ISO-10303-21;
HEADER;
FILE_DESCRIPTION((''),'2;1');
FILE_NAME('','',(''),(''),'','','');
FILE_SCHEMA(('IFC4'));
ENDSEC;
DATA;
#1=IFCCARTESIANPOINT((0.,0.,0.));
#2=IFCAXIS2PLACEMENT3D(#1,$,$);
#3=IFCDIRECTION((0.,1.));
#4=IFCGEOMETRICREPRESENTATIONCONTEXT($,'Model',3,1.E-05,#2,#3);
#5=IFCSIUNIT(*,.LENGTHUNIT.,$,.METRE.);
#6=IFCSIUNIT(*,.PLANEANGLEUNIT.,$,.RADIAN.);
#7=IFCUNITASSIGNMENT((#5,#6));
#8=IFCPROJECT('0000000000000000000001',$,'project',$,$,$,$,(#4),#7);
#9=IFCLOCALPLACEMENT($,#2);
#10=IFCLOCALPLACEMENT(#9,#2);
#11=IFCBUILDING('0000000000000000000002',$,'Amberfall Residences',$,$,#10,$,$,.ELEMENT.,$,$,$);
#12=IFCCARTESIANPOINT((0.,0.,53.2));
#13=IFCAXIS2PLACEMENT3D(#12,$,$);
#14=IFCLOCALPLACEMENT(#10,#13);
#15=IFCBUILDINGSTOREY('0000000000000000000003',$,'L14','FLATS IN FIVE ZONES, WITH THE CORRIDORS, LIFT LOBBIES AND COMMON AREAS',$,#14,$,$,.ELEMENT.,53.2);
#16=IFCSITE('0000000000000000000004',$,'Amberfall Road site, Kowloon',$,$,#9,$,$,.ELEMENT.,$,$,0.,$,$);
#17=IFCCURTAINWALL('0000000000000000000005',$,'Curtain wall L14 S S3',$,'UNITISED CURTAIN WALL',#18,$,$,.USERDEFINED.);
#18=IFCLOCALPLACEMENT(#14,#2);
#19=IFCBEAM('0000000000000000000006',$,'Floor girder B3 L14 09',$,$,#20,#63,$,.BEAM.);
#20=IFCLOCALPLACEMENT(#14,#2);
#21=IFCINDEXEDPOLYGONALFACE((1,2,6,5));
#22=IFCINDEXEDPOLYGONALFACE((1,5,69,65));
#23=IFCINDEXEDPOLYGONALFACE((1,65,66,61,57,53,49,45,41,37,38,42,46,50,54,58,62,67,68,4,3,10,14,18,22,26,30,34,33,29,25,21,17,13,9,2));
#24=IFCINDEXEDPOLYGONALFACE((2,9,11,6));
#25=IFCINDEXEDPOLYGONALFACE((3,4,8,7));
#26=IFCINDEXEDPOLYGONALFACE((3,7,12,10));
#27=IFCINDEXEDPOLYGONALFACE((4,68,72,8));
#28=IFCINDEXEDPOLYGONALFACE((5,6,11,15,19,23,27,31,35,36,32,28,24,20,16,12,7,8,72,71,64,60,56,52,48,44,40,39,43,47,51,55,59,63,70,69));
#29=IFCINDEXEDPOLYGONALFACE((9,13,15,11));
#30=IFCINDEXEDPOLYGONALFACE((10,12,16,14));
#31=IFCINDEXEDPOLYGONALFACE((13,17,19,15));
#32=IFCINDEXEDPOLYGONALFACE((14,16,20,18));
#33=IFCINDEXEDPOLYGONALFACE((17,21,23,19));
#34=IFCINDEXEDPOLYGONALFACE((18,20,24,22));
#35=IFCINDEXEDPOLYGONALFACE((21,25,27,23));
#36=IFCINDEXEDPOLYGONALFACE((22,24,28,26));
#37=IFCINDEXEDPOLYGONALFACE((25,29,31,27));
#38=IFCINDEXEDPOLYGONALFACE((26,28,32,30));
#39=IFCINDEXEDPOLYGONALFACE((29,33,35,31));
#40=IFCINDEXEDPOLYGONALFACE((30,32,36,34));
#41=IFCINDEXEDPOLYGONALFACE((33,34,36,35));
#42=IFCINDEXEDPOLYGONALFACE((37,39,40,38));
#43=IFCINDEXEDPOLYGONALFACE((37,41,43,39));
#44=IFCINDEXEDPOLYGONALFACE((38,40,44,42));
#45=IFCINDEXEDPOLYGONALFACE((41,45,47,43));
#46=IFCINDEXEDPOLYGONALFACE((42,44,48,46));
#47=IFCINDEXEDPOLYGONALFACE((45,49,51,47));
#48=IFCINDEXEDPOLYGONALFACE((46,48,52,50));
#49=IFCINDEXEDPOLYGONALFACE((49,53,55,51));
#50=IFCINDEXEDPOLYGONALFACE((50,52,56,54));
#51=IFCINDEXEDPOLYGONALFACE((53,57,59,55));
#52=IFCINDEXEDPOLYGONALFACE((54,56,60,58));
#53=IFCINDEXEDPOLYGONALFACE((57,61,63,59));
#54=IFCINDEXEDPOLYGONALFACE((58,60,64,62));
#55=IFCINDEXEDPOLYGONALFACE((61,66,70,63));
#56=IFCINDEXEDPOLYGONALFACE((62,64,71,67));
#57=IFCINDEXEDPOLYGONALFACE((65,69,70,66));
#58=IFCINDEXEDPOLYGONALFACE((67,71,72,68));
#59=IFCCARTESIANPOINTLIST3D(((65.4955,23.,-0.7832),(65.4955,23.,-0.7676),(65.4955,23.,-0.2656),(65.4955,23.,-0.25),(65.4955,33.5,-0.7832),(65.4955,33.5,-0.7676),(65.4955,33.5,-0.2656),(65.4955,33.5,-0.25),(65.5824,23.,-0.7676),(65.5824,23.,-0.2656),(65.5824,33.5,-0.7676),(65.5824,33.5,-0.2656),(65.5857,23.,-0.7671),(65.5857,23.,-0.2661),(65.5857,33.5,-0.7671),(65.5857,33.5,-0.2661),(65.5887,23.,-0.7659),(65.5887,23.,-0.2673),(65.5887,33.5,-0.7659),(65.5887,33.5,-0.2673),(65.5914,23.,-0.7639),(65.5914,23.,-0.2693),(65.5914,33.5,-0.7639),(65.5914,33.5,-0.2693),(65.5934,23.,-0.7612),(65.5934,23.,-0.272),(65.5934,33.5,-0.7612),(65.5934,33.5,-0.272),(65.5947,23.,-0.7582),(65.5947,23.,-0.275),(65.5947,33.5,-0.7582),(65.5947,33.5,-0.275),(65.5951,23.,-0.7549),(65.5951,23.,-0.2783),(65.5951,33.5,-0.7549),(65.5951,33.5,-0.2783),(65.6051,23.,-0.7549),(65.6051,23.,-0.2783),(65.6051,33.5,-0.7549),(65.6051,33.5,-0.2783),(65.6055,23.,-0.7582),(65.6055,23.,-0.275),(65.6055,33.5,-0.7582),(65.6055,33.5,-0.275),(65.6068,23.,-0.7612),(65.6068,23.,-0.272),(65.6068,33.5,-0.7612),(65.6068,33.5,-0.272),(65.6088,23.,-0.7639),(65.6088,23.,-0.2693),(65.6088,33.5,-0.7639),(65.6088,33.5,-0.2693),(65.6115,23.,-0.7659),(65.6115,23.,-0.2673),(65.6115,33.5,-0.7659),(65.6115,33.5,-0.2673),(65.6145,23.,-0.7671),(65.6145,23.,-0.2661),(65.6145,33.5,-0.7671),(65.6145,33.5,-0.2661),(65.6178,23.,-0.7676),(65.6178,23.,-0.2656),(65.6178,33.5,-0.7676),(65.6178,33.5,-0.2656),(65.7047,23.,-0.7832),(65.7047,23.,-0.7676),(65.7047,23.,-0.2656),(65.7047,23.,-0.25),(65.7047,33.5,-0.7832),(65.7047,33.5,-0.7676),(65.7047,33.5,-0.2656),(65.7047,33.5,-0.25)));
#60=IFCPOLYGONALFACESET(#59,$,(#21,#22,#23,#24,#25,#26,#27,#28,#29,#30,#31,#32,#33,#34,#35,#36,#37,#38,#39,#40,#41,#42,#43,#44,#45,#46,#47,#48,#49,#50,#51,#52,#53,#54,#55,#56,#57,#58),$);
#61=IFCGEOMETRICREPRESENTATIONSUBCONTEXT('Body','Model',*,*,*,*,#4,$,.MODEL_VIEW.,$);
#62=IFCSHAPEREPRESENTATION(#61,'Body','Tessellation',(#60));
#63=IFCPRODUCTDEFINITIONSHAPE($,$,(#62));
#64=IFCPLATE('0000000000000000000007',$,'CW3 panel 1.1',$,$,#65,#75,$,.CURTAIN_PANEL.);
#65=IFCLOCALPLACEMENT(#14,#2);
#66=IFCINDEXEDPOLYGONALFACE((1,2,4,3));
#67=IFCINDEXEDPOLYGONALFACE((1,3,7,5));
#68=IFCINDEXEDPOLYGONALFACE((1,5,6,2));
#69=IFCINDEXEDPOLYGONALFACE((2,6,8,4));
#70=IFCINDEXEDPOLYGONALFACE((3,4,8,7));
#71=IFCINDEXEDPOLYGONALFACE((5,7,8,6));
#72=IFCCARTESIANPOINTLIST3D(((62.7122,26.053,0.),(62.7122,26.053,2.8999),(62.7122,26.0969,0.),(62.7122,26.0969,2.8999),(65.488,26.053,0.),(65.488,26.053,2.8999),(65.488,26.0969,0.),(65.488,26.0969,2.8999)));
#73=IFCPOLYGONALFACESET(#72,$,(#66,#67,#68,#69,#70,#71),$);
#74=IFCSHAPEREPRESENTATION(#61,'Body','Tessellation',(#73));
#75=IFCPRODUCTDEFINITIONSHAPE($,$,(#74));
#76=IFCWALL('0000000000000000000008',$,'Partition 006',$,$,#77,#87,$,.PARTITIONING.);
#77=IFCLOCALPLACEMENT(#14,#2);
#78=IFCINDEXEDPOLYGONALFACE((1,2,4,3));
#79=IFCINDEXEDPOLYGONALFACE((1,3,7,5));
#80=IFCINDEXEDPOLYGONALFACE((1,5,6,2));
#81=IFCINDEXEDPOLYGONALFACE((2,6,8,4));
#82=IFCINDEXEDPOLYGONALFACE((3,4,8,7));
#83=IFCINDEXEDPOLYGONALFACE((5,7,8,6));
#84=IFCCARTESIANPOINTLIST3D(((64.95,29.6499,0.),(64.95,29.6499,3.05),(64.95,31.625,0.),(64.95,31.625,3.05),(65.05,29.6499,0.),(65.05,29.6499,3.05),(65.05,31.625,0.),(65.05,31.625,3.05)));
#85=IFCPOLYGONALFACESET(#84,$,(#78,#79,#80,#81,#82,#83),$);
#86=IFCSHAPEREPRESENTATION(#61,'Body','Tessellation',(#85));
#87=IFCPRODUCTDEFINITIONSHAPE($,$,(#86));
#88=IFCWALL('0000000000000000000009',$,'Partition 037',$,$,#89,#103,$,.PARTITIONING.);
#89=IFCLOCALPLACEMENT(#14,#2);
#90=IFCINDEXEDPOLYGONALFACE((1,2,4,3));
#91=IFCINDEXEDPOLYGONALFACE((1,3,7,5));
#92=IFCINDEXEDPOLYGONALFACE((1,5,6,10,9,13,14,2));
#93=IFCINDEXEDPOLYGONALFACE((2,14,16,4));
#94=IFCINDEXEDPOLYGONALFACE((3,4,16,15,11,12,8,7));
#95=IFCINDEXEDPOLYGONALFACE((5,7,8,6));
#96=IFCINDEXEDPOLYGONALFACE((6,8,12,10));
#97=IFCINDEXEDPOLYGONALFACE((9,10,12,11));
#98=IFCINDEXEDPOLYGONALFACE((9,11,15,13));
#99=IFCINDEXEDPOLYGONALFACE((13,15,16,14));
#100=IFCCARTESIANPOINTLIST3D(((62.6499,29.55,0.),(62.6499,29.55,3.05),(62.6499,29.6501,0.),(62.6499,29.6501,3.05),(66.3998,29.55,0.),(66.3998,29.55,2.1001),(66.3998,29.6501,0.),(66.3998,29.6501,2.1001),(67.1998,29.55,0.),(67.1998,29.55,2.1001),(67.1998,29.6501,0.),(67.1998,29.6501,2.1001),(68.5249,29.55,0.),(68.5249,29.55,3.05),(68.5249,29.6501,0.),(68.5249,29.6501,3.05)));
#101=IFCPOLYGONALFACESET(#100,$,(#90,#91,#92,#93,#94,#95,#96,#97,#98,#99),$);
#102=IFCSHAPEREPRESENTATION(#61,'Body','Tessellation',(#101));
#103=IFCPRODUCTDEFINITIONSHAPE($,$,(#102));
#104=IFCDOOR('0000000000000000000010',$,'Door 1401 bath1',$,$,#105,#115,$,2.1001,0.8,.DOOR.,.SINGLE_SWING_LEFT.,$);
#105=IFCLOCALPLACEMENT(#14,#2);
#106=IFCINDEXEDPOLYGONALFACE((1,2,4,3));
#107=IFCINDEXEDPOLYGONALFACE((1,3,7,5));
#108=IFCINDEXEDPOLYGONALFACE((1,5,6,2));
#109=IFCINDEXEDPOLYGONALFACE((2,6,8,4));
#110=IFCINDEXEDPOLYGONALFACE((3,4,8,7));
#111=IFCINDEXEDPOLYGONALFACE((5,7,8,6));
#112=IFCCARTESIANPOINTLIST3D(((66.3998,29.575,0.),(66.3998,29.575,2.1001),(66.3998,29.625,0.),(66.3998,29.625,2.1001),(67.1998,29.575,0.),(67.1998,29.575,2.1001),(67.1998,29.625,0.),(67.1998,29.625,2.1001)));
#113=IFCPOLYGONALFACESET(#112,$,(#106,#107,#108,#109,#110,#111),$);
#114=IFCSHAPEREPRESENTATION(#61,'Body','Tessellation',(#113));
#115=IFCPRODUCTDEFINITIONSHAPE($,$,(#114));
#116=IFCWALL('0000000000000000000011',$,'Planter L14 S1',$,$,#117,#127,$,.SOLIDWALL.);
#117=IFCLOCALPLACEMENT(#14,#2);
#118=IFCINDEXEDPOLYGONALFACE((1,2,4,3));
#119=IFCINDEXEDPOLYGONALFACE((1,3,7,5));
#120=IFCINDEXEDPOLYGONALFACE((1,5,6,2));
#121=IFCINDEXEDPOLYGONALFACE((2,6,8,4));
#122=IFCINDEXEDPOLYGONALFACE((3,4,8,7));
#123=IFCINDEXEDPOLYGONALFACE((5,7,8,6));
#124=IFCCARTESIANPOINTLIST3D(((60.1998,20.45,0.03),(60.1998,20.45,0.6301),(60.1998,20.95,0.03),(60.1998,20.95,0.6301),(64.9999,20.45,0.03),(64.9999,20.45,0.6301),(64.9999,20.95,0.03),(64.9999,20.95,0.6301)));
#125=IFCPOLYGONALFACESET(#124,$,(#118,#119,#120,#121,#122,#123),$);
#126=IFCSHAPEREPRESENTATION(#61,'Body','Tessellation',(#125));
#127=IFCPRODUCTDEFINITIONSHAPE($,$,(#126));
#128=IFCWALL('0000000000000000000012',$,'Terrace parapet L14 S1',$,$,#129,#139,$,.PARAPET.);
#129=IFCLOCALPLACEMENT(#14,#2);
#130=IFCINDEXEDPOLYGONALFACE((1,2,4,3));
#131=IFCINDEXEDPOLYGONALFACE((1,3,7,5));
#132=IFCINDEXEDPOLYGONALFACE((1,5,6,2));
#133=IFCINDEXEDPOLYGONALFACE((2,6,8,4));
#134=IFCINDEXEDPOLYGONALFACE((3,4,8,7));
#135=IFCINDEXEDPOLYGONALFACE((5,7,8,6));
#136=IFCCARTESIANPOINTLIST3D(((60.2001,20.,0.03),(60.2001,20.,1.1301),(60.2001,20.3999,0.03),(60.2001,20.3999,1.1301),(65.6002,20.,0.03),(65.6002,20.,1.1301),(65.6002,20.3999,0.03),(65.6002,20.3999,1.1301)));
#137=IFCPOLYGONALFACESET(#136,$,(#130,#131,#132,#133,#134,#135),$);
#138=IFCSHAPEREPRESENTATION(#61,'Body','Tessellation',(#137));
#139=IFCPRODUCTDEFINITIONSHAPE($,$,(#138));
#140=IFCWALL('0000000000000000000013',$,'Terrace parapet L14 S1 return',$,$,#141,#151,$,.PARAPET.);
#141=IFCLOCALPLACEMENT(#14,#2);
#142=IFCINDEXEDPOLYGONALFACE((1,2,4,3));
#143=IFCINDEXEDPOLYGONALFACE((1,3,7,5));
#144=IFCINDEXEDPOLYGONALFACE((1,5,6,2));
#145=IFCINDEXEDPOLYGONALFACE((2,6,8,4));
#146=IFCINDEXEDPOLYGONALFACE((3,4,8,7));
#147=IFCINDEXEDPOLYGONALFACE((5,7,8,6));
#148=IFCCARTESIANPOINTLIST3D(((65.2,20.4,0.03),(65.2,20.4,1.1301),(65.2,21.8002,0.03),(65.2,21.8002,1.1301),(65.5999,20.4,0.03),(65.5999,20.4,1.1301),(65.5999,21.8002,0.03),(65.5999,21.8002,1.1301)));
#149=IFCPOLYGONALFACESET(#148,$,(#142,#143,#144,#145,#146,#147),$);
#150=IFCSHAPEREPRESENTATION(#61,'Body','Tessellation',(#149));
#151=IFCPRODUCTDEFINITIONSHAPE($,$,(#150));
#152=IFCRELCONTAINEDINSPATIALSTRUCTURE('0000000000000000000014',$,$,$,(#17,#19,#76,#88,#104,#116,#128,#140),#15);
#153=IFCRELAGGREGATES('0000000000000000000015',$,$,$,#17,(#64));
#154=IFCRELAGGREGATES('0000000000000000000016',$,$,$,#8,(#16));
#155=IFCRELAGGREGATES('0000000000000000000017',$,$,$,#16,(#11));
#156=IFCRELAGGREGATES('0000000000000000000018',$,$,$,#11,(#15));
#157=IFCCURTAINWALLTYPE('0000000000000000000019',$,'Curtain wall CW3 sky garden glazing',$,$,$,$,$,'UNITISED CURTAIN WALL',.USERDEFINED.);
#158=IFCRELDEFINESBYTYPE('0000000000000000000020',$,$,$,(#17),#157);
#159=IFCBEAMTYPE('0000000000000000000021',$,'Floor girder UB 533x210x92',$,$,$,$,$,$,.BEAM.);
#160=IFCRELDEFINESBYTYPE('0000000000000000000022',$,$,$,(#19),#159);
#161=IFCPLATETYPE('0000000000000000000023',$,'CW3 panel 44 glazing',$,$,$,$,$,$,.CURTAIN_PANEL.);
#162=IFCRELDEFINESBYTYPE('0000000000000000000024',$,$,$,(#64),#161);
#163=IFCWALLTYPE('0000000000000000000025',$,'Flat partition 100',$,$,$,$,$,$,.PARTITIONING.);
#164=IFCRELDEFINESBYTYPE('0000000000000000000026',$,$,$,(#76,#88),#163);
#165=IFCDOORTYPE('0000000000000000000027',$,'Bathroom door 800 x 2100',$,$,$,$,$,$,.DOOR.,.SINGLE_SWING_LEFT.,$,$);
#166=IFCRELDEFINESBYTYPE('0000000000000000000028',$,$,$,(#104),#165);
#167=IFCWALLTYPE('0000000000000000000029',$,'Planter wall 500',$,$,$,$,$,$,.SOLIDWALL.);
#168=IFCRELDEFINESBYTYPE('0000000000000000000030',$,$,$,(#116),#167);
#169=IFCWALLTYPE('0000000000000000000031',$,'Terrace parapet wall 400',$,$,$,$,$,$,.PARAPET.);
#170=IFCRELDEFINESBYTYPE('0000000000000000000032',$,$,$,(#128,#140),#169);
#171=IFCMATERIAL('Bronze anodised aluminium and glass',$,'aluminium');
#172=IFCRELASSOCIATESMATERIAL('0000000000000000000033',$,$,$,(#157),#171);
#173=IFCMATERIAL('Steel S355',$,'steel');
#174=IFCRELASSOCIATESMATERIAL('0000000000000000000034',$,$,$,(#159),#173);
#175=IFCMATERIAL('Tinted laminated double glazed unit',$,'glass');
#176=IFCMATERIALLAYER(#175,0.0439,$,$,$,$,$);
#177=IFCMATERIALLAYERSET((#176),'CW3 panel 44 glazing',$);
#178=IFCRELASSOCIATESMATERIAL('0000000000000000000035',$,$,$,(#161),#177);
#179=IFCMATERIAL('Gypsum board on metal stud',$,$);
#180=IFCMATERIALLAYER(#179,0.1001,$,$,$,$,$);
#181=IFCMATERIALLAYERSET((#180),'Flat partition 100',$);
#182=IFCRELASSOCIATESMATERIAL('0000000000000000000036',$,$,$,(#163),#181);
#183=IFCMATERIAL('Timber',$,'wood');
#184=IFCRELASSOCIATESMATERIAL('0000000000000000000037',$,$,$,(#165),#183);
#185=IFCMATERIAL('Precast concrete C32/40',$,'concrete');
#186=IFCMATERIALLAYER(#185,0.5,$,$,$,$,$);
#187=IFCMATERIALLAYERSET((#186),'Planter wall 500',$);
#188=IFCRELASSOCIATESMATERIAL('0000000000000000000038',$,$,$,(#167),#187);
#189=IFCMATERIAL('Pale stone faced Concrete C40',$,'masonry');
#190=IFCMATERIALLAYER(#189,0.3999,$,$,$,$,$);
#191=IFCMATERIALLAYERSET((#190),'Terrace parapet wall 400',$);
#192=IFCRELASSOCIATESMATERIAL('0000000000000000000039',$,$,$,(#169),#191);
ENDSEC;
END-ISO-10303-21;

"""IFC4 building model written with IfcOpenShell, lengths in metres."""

from ifc_helpers import new_model, si_unit, direction, frame, frame_2d, origin, origin_2d, place, context, subcontext, project, spatial, rectangle, i_section, extrude, material, layer, layer_set, material_profile, profile_set, type_object, element, fill, aggregate, save


model = new_model("IFC4")

# Units and contexts
model_context = context("Model", 3, precision=1e-05, world=origin(), true_north=direction((0.0, 1.0)))
body_context = subcontext(model_context, "Body", "Model", "MODEL_VIEW")
ifc_project = project(units=[si_unit("LENGTHUNIT", "METRE"), si_unit("PLANEANGLEUNIT", "RADIAN")], contexts=[model_context])

# Site, building, storey
site_placement = place(None, origin())
site = spatial("IfcSite", under=ifc_project, at=site_placement, Name="Amberfall Road site, Kowloon", CompositionType="ELEMENT", RefElevation=0.0)
building_placement = place(site_placement, origin())
building = spatial("IfcBuilding", under=site, at=building_placement, Name="Amberfall Residences", CompositionType="ELEMENT")
storey_placement = place(building_placement, frame((0.0, 0.0, 53.2)))
storey = spatial("IfcBuildingStorey", under=building, at=storey_placement, Name="L14", Description="FLATS IN FIVE ZONES, WITH THE CORRIDORS, LIFT LOBBIES AND COMMON AREAS", CompositionType="ELEMENT", Elevation=53.2)

# Curtain wall
ifc_material_1 = material(Name="Bronze anodised aluminium and glass", Category="aluminium")
curtain_wall_type = type_object("IfcCurtainWallType", Name="Curtain wall CW3 sky garden glazing", ElementType="UNITISED CURTAIN WALL", PredefinedType="USERDEFINED", material=ifc_material_1)
curtain_wall_placement = place(storey_placement, origin())
curtain_wall = element("IfcCurtainWall", 1, at=curtain_wall_placement, inside=storey, type_object=curtain_wall_type, Name="Curtain wall L14 S S3", ObjectType="UNITISED CURTAIN WALL", PredefinedType="USERDEFINED")

# Beam
ifc_material_2 = material(Name="Steel S355", Category="steel")
ifc_material_profile_1 = material_profile(ifc_material_2, i_section(OverallWidth=0.2092, OverallDepth=0.5332, WebThickness=0.01, FlangeThickness=0.0156, FilletRadius=0.0127, at=origin_2d()), Name="UB 533x210x92")
ifc_profile_set_1 = profile_set([ifc_material_profile_1], Name="Steel S355")
beam_type_1 = type_object("IfcBeamType", Name="Floor girder UB 533x210x92", PredefinedType="BEAM", material=ifc_profile_set_1)
beam_1_placement = place(storey_placement, frame((65.6001, 23.0, -0.5166), z_axis=(0.0, 1.0, 0.0), x_axis=(-1.0, 0.0, 0.0)))
element("IfcBeam", 2, at=beam_1_placement, inside=storey, type_object=beam_type_1, Name="Floor girder B3 L14 09", PredefinedType="BEAM", context=body_context, shape_type="SweptSolid", body=[
    extrude(i_section(OverallWidth=0.2092, OverallDepth=0.5332, WebThickness=0.01, FlangeThickness=0.0156, FilletRadius=0.0127, at=origin_2d()), origin(), (0.0, 0.0, 1.0), 10.5),
])

# Plate
ifc_material_3 = material(Name="Tinted laminated double glazed unit", Category="glass")
ifc_layer_1 = layer(ifc_material_3, 0.0439)
ifc_layer_set_1 = layer_set([ifc_layer_1], Name="CW3 panel 44 glazing")
plate_type = type_object("IfcPlateType", Name="CW3 panel 44 glazing", PredefinedType="CURTAIN_PANEL", material=ifc_layer_set_1)
plate_placement = place(storey_placement, frame((64.1001, 26.075, 0.0), z_axis=(0.0, 0.0, 1.0), x_axis=(1.0, 0.0, 0.0)))
plate = element("IfcPlate", 3, at=plate_placement, type_object=plate_type, Name="CW3 panel 1.1", PredefinedType="CURTAIN_PANEL", context=body_context, shape_type="SweptSolid", body=[
    extrude(rectangle(XDim=2.7759, YDim=0.0439, at=origin_2d()), origin(), (0.0, 0.0, 1.0), 2.8999),
])
aggregate(curtain_wall, [plate])

# Wall
ifc_material_4 = material(Name="Gypsum board on metal stud")
ifc_layer_2 = layer(ifc_material_4, 0.1001)
ifc_layer_set_2 = layer_set([ifc_layer_2], Name="Flat partition 100")
wall_type_1 = type_object("IfcWallType", Name="Flat partition 100", PredefinedType="PARTITIONING", material=ifc_layer_set_2)
wall_1_placement = place(storey_placement, frame((65.0, 29.6499, 0.0), z_axis=(0.0, 0.0, 1.0), x_axis=(0.0, 1.0, 0.0)))
element("IfcWall", 4, at=wall_1_placement, inside=storey, type_object=wall_type_1, Name="Partition 006", PredefinedType="PARTITIONING", context=body_context, shape_type="SweptSolid", body=[
    extrude(rectangle(XDim=1.9751, YDim=0.1001, at=frame_2d((0.9875, 0.0))), origin(), (0.0, 0.0, 1.0), 3.05),
])

# Wall, opening, door
wall_2_placement = place(storey_placement, frame((62.6499, 29.6001, 0.0), z_axis=(0.0, 0.0, 1.0), x_axis=(1.0, 0.0, 0.0)))
wall_2 = element("IfcWall", 5, at=wall_2_placement, inside=storey, type_object=wall_type_1, Name="Partition 037", PredefinedType="PARTITIONING", context=body_context, shape_type="SweptSolid", body=[
    extrude(rectangle(XDim=5.875, YDim=0.1001, at=frame_2d((2.9375, 0.0))), origin(), (0.0, 0.0, 1.0), 3.05),
])
opening_placement = place(wall_2_placement, frame((3.75, 0.0, 0.0)))
opening = element("IfcOpeningElement", 6, at=opening_placement, cuts=wall_2, PredefinedType="OPENING", context=body_context, shape_type="SweptSolid", body=[
    extrude(rectangle(XDim=0.8, YDim=2.1001, at=frame_2d((0.3999, 1.05))), frame((0.0, 0.0601, 0.0), z_axis=(0.0, -1.0, 0.0), x_axis=(1.0, 0.0, 0.0)), (0.0, 0.0, 1.0), 0.1201),
])
ifc_material_5 = material(Name="Timber", Category="wood")
door_type = type_object("IfcDoorType", Name="Bathroom door 800 x 2100", OperationType="SINGLE_SWING_LEFT", PredefinedType="DOOR", material=ifc_material_5)
door_placement = place(opening_placement, origin())
door = element("IfcDoor", 7, at=door_placement, inside=storey, type_object=door_type, Name="Door 1401 bath1", OperationType="SINGLE_SWING_LEFT", OverallHeight=2.1001, OverallWidth=0.8, PredefinedType="DOOR", context=body_context, shape_type="SweptSolid", body=[
    extrude(rectangle(XDim=0.8, YDim=2.1001, at=frame_2d((0.3999, 1.05))), frame((0.0, 0.0249, 0.0), z_axis=(0.0, -1.0, 0.0), x_axis=(1.0, 0.0, 0.0)), (0.0, 0.0, 1.0), 0.05),
])
fill(opening, door)

# Walls
ifc_material_6 = material(Name="Precast concrete C32/40", Category="concrete")
ifc_layer_3 = layer(ifc_material_6, 0.5)
ifc_layer_set_3 = layer_set([ifc_layer_3], Name="Planter wall 500")
wall_type_2 = type_object("IfcWallType", Name="Planter wall 500", PredefinedType="SOLIDWALL", material=ifc_layer_set_3)
wall_3_placement = place(storey_placement, frame((60.2, 20.7, 0.03), z_axis=(0.0, 0.0, 1.0), x_axis=(1.0, 0.0, 0.0)))
element("IfcWall", 8, at=wall_3_placement, inside=storey, type_object=wall_type_2, Name="Planter L14 S1", PredefinedType="SOLIDWALL", context=body_context, shape_type="SweptSolid", body=[
    extrude(rectangle(XDim=4.8, YDim=0.5, at=frame_2d((2.3999, 0.0))), origin(), (0.0, 0.0, 1.0), 0.6001),
])
ifc_material_7 = material(Name="Pale stone faced Concrete C40", Category="masonry")
ifc_layer_4 = layer(ifc_material_7, 0.3999)
ifc_layer_set_4 = layer_set([ifc_layer_4], Name="Terrace parapet wall 400")
wall_type_3 = type_object("IfcWallType", Name="Terrace parapet wall 400", PredefinedType="PARAPET", material=ifc_layer_set_4)
wall_4_placement = place(storey_placement, frame((60.2, 20.2, 0.03), z_axis=(0.0, 0.0, 1.0), x_axis=(1.0, 0.0, 0.0)))
element("IfcWall", 9, at=wall_4_placement, inside=storey, type_object=wall_type_3, Name="Terrace parapet L14 S1", PredefinedType="PARAPET", context=body_context, shape_type="SweptSolid", body=[
    extrude(rectangle(XDim=5.4001, YDim=0.3999, at=frame_2d((2.7002, 0.0))), origin(), (0.0, 0.0, 1.0), 1.1001),
])
wall_5_placement = place(storey_placement, frame((65.3999, 20.3999, 0.03), z_axis=(0.0, 0.0, 1.0), x_axis=(0.0, 1.0, 0.0)))
element("IfcWall", 10, at=wall_5_placement, inside=storey, type_object=wall_type_3, Name="Terrace parapet L14 S1 return", PredefinedType="PARAPET", context=body_context, shape_type="SweptSolid", body=[
    extrude(rectangle(XDim=1.4001, YDim=0.3999, at=frame_2d((0.7002, 0.0))), origin(), (0.0, 0.0, 1.0), 1.1001),
])

save(model, "model.ifc")
